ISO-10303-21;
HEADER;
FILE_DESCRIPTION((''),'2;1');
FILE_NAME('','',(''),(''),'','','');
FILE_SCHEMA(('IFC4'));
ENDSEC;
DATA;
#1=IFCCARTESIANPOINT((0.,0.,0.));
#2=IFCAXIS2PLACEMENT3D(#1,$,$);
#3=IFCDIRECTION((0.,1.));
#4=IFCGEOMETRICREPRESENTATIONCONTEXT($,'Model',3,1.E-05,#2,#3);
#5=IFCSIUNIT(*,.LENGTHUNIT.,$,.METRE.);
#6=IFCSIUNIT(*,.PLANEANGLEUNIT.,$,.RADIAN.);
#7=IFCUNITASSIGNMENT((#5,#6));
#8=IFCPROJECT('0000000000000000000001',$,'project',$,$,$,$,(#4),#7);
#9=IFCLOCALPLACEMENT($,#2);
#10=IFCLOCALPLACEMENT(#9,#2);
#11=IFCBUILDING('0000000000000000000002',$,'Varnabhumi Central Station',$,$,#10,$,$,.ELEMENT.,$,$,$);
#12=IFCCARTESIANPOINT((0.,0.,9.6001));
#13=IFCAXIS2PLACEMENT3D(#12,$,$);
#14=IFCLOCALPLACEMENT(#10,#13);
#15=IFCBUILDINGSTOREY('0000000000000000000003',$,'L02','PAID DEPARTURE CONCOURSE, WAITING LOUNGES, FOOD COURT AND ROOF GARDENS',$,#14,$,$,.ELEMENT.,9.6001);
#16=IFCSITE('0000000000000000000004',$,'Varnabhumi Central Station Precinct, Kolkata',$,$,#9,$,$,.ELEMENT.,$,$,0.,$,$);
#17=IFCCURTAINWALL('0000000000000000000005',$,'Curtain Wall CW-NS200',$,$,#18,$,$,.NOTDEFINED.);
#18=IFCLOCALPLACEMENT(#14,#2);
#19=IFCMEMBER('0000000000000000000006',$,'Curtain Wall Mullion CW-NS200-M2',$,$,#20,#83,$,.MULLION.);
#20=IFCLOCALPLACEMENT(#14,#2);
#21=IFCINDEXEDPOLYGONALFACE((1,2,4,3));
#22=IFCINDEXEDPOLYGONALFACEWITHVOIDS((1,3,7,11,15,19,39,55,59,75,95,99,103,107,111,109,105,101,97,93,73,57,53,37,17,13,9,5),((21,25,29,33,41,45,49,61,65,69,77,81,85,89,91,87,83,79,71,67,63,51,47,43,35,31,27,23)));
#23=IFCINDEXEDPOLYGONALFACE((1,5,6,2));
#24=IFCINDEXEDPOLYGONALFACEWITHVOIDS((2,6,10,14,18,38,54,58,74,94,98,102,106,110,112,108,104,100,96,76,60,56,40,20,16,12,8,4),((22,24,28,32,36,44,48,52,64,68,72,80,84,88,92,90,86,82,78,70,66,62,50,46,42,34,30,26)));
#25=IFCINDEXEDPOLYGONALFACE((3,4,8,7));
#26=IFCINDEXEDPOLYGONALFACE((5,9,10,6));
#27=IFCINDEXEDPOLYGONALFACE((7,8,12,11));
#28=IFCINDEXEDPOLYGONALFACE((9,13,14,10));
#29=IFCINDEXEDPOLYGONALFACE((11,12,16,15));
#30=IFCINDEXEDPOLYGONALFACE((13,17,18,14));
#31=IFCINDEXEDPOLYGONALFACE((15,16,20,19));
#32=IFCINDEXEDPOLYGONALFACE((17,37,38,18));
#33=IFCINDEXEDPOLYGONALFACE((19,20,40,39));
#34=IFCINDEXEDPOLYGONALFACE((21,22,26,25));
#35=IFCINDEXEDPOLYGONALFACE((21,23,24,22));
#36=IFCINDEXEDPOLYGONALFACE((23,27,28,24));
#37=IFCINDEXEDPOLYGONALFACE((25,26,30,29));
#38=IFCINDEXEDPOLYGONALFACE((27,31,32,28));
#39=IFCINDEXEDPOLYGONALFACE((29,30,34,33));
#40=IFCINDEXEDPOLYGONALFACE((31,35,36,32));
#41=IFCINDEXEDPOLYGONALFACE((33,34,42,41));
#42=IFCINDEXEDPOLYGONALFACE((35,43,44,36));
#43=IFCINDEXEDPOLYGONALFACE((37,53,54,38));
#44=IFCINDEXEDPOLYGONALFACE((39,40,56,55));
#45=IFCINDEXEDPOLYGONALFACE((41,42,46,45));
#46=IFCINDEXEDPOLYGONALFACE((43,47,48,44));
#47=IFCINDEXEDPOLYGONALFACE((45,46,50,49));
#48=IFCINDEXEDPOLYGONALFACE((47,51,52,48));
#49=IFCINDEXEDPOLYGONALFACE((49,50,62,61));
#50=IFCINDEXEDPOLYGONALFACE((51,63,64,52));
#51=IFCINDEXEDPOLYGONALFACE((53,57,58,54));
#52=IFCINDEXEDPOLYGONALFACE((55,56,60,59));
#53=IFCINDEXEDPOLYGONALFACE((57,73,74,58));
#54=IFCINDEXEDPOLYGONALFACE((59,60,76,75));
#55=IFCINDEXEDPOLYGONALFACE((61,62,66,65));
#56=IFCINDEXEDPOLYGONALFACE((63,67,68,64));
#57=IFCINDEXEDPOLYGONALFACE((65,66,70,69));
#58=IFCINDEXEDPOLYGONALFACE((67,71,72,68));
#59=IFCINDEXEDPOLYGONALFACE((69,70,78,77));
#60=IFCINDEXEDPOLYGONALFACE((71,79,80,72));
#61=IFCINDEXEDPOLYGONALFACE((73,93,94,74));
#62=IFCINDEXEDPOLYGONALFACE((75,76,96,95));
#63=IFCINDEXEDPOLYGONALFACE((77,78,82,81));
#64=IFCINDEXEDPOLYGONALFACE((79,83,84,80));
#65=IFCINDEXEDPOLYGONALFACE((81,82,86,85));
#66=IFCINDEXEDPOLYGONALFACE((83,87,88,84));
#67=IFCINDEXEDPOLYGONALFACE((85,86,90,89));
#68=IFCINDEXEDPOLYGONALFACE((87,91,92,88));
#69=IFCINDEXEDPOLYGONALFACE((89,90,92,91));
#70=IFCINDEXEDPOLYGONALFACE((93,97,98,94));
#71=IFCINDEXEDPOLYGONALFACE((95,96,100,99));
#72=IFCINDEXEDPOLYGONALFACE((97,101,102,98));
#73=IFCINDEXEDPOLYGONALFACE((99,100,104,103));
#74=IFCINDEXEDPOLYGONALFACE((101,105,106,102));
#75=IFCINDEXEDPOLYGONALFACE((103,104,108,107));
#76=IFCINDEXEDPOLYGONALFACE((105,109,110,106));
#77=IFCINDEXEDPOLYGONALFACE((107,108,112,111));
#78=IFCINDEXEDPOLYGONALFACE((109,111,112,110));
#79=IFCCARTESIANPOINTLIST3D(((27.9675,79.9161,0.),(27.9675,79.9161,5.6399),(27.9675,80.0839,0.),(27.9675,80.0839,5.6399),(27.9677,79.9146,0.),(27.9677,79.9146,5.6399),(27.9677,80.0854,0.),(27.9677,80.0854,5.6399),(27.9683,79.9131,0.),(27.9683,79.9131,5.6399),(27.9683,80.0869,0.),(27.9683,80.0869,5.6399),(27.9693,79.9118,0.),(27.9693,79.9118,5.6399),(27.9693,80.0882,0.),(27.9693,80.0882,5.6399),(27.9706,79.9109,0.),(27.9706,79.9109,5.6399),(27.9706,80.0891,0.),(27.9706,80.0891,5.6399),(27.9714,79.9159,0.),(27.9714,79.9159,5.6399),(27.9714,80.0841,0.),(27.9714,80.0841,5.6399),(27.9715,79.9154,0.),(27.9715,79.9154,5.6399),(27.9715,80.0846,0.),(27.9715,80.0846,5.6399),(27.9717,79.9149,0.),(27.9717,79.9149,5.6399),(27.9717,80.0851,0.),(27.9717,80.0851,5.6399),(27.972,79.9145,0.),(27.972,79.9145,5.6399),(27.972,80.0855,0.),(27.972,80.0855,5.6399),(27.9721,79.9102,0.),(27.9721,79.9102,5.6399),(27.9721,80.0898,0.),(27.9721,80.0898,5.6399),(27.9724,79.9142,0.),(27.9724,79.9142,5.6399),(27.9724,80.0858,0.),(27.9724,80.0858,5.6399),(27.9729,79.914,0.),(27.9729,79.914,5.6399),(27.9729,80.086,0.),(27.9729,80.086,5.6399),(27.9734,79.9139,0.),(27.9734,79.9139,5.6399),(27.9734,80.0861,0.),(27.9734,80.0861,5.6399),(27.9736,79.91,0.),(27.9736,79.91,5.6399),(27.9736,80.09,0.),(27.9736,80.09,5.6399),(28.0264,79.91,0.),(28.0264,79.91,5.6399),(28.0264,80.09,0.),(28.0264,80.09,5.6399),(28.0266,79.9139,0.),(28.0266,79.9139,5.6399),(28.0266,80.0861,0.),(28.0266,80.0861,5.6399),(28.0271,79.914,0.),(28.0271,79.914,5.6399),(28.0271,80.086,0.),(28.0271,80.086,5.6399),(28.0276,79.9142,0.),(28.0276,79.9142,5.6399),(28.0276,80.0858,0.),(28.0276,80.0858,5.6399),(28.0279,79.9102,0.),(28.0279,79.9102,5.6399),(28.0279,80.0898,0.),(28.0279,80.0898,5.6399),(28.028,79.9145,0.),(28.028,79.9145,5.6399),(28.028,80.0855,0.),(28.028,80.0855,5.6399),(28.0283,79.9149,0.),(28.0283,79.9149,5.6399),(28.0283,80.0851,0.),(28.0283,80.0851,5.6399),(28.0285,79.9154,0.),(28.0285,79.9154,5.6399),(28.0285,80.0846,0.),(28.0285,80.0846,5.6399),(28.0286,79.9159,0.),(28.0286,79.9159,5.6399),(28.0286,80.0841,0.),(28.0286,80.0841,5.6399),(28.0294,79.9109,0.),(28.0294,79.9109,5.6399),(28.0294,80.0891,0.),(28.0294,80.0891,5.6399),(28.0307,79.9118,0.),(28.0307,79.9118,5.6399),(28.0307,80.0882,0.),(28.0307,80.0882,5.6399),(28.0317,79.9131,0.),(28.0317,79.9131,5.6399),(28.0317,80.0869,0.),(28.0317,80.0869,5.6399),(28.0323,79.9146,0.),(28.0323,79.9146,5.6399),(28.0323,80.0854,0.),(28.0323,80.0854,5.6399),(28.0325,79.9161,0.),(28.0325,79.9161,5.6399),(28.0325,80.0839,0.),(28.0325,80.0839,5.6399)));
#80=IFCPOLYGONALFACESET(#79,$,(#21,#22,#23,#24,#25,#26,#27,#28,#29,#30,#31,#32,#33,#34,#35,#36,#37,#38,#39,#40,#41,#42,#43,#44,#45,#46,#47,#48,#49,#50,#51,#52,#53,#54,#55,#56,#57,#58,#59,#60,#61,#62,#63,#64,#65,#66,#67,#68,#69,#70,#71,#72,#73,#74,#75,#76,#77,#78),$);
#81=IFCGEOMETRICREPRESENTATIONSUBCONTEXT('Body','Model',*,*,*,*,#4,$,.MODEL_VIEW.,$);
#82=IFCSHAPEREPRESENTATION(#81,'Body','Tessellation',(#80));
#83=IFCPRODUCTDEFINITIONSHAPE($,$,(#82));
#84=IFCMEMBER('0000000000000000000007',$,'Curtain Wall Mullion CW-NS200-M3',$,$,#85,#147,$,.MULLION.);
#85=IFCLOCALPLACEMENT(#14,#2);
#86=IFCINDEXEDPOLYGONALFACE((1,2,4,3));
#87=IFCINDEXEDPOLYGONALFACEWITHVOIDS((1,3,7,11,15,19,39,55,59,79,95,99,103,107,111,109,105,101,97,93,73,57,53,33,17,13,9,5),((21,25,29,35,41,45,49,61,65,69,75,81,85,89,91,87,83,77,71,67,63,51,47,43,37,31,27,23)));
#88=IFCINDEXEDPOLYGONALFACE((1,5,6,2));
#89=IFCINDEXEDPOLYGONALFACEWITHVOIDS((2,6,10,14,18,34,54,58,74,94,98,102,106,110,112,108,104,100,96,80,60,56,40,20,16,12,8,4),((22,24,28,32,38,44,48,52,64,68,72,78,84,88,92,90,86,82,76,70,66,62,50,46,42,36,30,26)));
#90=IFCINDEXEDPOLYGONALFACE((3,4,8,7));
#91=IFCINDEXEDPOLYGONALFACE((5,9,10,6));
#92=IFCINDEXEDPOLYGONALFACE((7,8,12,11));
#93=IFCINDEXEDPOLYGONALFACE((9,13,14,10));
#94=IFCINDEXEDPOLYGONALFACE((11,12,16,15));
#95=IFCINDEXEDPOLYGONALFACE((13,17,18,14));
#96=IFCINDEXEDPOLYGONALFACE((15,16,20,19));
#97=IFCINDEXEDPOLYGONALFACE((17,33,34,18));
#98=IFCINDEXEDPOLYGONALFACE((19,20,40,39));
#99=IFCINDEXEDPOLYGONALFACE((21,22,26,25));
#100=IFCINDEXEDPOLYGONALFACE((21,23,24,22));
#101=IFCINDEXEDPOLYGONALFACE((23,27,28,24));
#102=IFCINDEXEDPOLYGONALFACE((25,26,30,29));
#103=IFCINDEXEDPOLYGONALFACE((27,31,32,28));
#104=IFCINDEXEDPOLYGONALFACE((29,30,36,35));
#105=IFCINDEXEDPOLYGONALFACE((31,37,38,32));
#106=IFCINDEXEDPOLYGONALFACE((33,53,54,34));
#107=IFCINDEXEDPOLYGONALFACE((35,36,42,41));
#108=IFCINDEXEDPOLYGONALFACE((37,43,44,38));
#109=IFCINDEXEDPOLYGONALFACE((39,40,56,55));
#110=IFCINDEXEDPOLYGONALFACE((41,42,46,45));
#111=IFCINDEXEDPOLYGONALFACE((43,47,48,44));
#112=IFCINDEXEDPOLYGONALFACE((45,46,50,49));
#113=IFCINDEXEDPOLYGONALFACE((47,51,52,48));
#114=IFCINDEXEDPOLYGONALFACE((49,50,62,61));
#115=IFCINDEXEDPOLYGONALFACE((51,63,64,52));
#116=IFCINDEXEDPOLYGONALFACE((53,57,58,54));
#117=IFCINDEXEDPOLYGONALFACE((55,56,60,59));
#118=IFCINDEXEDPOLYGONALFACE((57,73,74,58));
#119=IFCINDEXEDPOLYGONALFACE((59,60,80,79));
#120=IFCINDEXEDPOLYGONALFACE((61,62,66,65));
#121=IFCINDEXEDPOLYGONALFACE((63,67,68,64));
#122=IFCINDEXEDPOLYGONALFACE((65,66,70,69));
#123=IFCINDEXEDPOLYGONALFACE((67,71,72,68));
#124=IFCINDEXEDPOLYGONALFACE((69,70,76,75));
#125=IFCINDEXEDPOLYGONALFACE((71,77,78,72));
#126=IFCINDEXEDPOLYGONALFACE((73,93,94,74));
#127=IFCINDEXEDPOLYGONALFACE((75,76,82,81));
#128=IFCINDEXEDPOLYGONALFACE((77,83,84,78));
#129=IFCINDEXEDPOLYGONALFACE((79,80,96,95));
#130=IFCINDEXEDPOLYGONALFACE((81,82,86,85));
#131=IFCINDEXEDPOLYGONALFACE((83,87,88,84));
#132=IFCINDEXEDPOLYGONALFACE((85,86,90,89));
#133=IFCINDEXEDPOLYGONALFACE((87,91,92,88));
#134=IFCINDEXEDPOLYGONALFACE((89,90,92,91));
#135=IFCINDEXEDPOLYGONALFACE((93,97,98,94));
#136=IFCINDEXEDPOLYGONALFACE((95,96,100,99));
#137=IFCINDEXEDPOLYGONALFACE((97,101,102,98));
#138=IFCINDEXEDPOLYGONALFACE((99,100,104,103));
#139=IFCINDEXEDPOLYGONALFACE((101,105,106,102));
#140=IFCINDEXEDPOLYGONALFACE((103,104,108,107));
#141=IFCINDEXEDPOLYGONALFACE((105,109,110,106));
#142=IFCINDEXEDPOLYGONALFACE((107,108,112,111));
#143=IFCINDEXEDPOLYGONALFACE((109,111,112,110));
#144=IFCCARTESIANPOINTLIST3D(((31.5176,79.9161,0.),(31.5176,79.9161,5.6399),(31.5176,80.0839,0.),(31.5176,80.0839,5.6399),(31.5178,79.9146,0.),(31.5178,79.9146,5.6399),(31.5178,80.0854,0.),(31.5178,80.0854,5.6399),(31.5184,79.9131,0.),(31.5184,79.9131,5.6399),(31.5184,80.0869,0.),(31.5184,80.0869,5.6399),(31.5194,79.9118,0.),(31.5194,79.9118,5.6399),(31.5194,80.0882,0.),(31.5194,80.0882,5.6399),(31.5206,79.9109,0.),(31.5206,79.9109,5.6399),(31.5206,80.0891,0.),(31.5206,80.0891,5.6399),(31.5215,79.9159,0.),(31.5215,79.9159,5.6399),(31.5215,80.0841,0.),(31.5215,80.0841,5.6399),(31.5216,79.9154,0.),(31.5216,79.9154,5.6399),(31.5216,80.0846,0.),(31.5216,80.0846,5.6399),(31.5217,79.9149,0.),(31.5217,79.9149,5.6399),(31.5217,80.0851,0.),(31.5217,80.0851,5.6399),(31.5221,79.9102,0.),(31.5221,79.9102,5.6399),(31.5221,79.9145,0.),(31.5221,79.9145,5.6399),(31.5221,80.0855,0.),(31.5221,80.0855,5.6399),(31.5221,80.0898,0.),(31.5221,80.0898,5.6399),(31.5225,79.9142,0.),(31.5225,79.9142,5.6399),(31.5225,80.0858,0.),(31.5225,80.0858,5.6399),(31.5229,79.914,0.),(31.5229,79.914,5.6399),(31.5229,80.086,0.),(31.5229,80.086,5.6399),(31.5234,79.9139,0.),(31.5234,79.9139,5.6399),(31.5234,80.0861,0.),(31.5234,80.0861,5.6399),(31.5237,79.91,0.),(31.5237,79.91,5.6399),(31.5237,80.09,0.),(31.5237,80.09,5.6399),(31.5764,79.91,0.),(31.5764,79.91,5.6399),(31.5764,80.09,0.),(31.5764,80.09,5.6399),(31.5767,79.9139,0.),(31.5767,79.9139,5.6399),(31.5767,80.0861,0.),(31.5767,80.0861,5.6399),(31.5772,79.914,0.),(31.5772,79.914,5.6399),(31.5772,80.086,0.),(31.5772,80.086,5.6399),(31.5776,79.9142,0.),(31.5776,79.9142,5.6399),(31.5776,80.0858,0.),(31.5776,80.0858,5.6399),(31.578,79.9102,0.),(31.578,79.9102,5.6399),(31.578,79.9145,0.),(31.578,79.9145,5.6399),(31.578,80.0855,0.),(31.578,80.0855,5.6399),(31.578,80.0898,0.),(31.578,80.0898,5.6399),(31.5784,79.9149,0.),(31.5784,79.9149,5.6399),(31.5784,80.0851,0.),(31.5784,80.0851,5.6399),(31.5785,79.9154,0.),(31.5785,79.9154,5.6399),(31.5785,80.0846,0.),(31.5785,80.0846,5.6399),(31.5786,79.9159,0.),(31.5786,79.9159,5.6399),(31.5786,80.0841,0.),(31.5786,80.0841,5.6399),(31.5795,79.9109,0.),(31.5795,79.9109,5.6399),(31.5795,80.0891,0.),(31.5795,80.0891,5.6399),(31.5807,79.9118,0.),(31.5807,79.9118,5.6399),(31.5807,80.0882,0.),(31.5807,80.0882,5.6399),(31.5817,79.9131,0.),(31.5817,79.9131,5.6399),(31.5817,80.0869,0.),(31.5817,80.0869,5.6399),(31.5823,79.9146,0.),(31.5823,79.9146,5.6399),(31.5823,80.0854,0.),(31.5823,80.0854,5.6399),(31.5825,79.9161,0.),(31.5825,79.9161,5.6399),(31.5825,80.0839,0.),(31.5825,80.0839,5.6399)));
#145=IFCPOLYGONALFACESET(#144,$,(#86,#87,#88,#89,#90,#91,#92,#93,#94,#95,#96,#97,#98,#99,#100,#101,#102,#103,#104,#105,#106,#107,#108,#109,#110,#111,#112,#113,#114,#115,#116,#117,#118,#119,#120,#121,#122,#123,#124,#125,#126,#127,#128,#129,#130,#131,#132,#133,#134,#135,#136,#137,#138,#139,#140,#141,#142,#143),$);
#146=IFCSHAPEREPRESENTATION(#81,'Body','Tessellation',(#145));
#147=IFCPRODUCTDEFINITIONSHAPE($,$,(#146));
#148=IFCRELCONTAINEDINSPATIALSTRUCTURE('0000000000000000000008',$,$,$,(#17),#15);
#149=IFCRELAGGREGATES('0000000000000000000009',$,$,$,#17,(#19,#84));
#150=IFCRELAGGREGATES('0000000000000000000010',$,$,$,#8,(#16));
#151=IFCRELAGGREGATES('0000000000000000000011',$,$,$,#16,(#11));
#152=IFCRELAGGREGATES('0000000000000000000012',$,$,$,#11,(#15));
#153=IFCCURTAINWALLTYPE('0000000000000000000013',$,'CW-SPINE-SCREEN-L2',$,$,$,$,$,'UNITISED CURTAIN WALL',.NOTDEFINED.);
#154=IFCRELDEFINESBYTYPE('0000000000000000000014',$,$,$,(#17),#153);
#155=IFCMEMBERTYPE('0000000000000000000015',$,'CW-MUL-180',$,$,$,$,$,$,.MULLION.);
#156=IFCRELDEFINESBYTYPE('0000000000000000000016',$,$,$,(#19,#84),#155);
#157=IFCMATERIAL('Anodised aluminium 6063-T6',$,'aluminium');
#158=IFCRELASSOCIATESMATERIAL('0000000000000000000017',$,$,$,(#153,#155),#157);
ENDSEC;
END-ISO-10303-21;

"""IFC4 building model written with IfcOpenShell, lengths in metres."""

from ifc_helpers import new_model, si_unit, direction, frame, origin, origin_2d, place, context, subcontext, project, spatial, hollow_rectangle, extrude, material, material_profile, profile_set, type_object, element, aggregate, save


model = new_model("IFC4")

# Units and contexts
model_context = context("Model", 3, precision=1e-05, world=origin(), true_north=direction((0.0, 1.0)))
body_context = subcontext(model_context, "Body", "Model", "MODEL_VIEW")
ifc_project = project(units=[si_unit("LENGTHUNIT", "METRE"), si_unit("PLANEANGLEUNIT", "RADIAN")], contexts=[model_context])

# Site, building, storey
site_placement = place(None, origin())
site = spatial("IfcSite", under=ifc_project, at=site_placement, Name="Varnabhumi Central Station Precinct, Kolkata", CompositionType="ELEMENT", RefElevation=0.0)
building_placement = place(site_placement, origin())
building = spatial("IfcBuilding", under=site, at=building_placement, Name="Varnabhumi Central Station", CompositionType="ELEMENT")
storey_placement = place(building_placement, frame((0.0, 0.0, 9.6001)))
storey = spatial("IfcBuildingStorey", under=building, at=storey_placement, Name="L02", Description="PAID DEPARTURE CONCOURSE, WAITING LOUNGES, FOOD COURT AND ROOF GARDENS", CompositionType="ELEMENT", Elevation=9.6001)

# Curtain wall, members
ifc_material_1 = material(Name="Anodised aluminium 6063-T6", Category="aluminium")
curtain_wall_type = type_object("IfcCurtainWallType", Name="CW-SPINE-SCREEN-L2", ElementType="UNITISED CURTAIN WALL", PredefinedType="NOTDEFINED", material=ifc_material_1)
curtain_wall_placement = place(storey_placement, origin())
curtain_wall = element("IfcCurtainWall", 1, at=curtain_wall_placement, inside=storey, type_object=curtain_wall_type, Name="Curtain Wall CW-NS200", PredefinedType="NOTDEFINED")
ifc_material_profile_1 = material_profile(ifc_material_1, hollow_rectangle(XDim=0.0649, YDim=0.1799, WallThickness=0.0039, InnerFilletRadius=0.002, OuterFilletRadius=0.0061, at=origin_2d()), Name="Anodised aluminium 6063-T6", Category="aluminium")
ifc_profile_set_1 = profile_set([ifc_material_profile_1], Name="Anodised aluminium 6063-T6")
member_type_1 = type_object("IfcMemberType", Name="CW-MUL-180", PredefinedType="MULLION", material=ifc_profile_set_1)
member_1_placement = place(storey_placement, frame((28.0, 80.0, 0.0), z_axis=(0.0, 0.0, 1.0), x_axis=(1.0, 0.0, 0.0)))
member_1 = element("IfcMember", 2, at=member_1_placement, type_object=member_type_1, Name="Curtain Wall Mullion CW-NS200-M2", PredefinedType="MULLION", context=body_context, shape_type="SweptSolid", body=[
    extrude(hollow_rectangle(XDim=0.0649, YDim=0.1799, WallThickness=0.0039, InnerFilletRadius=0.002, OuterFilletRadius=0.0061, at=origin_2d()), origin(), (0.0, 0.0, 1.0), 5.6399),
])
member_2_placement = place(storey_placement, frame((31.55, 80.0, 0.0), z_axis=(0.0, 0.0, 1.0), x_axis=(1.0, 0.0, 0.0)))
member_2 = element("IfcMember", 3, at=member_2_placement, type_object=member_type_1, Name="Curtain Wall Mullion CW-NS200-M3", PredefinedType="MULLION", context=body_context, shape_type="SweptSolid", body=[
    extrude(hollow_rectangle(XDim=0.0649, YDim=0.1799, WallThickness=0.0039, InnerFilletRadius=0.002, OuterFilletRadius=0.0061, at=origin_2d()), origin(), (0.0, 0.0, 1.0), 5.6399),
])

aggregate(curtain_wall, [member_1, member_2])

save(model, "model.ifc")
